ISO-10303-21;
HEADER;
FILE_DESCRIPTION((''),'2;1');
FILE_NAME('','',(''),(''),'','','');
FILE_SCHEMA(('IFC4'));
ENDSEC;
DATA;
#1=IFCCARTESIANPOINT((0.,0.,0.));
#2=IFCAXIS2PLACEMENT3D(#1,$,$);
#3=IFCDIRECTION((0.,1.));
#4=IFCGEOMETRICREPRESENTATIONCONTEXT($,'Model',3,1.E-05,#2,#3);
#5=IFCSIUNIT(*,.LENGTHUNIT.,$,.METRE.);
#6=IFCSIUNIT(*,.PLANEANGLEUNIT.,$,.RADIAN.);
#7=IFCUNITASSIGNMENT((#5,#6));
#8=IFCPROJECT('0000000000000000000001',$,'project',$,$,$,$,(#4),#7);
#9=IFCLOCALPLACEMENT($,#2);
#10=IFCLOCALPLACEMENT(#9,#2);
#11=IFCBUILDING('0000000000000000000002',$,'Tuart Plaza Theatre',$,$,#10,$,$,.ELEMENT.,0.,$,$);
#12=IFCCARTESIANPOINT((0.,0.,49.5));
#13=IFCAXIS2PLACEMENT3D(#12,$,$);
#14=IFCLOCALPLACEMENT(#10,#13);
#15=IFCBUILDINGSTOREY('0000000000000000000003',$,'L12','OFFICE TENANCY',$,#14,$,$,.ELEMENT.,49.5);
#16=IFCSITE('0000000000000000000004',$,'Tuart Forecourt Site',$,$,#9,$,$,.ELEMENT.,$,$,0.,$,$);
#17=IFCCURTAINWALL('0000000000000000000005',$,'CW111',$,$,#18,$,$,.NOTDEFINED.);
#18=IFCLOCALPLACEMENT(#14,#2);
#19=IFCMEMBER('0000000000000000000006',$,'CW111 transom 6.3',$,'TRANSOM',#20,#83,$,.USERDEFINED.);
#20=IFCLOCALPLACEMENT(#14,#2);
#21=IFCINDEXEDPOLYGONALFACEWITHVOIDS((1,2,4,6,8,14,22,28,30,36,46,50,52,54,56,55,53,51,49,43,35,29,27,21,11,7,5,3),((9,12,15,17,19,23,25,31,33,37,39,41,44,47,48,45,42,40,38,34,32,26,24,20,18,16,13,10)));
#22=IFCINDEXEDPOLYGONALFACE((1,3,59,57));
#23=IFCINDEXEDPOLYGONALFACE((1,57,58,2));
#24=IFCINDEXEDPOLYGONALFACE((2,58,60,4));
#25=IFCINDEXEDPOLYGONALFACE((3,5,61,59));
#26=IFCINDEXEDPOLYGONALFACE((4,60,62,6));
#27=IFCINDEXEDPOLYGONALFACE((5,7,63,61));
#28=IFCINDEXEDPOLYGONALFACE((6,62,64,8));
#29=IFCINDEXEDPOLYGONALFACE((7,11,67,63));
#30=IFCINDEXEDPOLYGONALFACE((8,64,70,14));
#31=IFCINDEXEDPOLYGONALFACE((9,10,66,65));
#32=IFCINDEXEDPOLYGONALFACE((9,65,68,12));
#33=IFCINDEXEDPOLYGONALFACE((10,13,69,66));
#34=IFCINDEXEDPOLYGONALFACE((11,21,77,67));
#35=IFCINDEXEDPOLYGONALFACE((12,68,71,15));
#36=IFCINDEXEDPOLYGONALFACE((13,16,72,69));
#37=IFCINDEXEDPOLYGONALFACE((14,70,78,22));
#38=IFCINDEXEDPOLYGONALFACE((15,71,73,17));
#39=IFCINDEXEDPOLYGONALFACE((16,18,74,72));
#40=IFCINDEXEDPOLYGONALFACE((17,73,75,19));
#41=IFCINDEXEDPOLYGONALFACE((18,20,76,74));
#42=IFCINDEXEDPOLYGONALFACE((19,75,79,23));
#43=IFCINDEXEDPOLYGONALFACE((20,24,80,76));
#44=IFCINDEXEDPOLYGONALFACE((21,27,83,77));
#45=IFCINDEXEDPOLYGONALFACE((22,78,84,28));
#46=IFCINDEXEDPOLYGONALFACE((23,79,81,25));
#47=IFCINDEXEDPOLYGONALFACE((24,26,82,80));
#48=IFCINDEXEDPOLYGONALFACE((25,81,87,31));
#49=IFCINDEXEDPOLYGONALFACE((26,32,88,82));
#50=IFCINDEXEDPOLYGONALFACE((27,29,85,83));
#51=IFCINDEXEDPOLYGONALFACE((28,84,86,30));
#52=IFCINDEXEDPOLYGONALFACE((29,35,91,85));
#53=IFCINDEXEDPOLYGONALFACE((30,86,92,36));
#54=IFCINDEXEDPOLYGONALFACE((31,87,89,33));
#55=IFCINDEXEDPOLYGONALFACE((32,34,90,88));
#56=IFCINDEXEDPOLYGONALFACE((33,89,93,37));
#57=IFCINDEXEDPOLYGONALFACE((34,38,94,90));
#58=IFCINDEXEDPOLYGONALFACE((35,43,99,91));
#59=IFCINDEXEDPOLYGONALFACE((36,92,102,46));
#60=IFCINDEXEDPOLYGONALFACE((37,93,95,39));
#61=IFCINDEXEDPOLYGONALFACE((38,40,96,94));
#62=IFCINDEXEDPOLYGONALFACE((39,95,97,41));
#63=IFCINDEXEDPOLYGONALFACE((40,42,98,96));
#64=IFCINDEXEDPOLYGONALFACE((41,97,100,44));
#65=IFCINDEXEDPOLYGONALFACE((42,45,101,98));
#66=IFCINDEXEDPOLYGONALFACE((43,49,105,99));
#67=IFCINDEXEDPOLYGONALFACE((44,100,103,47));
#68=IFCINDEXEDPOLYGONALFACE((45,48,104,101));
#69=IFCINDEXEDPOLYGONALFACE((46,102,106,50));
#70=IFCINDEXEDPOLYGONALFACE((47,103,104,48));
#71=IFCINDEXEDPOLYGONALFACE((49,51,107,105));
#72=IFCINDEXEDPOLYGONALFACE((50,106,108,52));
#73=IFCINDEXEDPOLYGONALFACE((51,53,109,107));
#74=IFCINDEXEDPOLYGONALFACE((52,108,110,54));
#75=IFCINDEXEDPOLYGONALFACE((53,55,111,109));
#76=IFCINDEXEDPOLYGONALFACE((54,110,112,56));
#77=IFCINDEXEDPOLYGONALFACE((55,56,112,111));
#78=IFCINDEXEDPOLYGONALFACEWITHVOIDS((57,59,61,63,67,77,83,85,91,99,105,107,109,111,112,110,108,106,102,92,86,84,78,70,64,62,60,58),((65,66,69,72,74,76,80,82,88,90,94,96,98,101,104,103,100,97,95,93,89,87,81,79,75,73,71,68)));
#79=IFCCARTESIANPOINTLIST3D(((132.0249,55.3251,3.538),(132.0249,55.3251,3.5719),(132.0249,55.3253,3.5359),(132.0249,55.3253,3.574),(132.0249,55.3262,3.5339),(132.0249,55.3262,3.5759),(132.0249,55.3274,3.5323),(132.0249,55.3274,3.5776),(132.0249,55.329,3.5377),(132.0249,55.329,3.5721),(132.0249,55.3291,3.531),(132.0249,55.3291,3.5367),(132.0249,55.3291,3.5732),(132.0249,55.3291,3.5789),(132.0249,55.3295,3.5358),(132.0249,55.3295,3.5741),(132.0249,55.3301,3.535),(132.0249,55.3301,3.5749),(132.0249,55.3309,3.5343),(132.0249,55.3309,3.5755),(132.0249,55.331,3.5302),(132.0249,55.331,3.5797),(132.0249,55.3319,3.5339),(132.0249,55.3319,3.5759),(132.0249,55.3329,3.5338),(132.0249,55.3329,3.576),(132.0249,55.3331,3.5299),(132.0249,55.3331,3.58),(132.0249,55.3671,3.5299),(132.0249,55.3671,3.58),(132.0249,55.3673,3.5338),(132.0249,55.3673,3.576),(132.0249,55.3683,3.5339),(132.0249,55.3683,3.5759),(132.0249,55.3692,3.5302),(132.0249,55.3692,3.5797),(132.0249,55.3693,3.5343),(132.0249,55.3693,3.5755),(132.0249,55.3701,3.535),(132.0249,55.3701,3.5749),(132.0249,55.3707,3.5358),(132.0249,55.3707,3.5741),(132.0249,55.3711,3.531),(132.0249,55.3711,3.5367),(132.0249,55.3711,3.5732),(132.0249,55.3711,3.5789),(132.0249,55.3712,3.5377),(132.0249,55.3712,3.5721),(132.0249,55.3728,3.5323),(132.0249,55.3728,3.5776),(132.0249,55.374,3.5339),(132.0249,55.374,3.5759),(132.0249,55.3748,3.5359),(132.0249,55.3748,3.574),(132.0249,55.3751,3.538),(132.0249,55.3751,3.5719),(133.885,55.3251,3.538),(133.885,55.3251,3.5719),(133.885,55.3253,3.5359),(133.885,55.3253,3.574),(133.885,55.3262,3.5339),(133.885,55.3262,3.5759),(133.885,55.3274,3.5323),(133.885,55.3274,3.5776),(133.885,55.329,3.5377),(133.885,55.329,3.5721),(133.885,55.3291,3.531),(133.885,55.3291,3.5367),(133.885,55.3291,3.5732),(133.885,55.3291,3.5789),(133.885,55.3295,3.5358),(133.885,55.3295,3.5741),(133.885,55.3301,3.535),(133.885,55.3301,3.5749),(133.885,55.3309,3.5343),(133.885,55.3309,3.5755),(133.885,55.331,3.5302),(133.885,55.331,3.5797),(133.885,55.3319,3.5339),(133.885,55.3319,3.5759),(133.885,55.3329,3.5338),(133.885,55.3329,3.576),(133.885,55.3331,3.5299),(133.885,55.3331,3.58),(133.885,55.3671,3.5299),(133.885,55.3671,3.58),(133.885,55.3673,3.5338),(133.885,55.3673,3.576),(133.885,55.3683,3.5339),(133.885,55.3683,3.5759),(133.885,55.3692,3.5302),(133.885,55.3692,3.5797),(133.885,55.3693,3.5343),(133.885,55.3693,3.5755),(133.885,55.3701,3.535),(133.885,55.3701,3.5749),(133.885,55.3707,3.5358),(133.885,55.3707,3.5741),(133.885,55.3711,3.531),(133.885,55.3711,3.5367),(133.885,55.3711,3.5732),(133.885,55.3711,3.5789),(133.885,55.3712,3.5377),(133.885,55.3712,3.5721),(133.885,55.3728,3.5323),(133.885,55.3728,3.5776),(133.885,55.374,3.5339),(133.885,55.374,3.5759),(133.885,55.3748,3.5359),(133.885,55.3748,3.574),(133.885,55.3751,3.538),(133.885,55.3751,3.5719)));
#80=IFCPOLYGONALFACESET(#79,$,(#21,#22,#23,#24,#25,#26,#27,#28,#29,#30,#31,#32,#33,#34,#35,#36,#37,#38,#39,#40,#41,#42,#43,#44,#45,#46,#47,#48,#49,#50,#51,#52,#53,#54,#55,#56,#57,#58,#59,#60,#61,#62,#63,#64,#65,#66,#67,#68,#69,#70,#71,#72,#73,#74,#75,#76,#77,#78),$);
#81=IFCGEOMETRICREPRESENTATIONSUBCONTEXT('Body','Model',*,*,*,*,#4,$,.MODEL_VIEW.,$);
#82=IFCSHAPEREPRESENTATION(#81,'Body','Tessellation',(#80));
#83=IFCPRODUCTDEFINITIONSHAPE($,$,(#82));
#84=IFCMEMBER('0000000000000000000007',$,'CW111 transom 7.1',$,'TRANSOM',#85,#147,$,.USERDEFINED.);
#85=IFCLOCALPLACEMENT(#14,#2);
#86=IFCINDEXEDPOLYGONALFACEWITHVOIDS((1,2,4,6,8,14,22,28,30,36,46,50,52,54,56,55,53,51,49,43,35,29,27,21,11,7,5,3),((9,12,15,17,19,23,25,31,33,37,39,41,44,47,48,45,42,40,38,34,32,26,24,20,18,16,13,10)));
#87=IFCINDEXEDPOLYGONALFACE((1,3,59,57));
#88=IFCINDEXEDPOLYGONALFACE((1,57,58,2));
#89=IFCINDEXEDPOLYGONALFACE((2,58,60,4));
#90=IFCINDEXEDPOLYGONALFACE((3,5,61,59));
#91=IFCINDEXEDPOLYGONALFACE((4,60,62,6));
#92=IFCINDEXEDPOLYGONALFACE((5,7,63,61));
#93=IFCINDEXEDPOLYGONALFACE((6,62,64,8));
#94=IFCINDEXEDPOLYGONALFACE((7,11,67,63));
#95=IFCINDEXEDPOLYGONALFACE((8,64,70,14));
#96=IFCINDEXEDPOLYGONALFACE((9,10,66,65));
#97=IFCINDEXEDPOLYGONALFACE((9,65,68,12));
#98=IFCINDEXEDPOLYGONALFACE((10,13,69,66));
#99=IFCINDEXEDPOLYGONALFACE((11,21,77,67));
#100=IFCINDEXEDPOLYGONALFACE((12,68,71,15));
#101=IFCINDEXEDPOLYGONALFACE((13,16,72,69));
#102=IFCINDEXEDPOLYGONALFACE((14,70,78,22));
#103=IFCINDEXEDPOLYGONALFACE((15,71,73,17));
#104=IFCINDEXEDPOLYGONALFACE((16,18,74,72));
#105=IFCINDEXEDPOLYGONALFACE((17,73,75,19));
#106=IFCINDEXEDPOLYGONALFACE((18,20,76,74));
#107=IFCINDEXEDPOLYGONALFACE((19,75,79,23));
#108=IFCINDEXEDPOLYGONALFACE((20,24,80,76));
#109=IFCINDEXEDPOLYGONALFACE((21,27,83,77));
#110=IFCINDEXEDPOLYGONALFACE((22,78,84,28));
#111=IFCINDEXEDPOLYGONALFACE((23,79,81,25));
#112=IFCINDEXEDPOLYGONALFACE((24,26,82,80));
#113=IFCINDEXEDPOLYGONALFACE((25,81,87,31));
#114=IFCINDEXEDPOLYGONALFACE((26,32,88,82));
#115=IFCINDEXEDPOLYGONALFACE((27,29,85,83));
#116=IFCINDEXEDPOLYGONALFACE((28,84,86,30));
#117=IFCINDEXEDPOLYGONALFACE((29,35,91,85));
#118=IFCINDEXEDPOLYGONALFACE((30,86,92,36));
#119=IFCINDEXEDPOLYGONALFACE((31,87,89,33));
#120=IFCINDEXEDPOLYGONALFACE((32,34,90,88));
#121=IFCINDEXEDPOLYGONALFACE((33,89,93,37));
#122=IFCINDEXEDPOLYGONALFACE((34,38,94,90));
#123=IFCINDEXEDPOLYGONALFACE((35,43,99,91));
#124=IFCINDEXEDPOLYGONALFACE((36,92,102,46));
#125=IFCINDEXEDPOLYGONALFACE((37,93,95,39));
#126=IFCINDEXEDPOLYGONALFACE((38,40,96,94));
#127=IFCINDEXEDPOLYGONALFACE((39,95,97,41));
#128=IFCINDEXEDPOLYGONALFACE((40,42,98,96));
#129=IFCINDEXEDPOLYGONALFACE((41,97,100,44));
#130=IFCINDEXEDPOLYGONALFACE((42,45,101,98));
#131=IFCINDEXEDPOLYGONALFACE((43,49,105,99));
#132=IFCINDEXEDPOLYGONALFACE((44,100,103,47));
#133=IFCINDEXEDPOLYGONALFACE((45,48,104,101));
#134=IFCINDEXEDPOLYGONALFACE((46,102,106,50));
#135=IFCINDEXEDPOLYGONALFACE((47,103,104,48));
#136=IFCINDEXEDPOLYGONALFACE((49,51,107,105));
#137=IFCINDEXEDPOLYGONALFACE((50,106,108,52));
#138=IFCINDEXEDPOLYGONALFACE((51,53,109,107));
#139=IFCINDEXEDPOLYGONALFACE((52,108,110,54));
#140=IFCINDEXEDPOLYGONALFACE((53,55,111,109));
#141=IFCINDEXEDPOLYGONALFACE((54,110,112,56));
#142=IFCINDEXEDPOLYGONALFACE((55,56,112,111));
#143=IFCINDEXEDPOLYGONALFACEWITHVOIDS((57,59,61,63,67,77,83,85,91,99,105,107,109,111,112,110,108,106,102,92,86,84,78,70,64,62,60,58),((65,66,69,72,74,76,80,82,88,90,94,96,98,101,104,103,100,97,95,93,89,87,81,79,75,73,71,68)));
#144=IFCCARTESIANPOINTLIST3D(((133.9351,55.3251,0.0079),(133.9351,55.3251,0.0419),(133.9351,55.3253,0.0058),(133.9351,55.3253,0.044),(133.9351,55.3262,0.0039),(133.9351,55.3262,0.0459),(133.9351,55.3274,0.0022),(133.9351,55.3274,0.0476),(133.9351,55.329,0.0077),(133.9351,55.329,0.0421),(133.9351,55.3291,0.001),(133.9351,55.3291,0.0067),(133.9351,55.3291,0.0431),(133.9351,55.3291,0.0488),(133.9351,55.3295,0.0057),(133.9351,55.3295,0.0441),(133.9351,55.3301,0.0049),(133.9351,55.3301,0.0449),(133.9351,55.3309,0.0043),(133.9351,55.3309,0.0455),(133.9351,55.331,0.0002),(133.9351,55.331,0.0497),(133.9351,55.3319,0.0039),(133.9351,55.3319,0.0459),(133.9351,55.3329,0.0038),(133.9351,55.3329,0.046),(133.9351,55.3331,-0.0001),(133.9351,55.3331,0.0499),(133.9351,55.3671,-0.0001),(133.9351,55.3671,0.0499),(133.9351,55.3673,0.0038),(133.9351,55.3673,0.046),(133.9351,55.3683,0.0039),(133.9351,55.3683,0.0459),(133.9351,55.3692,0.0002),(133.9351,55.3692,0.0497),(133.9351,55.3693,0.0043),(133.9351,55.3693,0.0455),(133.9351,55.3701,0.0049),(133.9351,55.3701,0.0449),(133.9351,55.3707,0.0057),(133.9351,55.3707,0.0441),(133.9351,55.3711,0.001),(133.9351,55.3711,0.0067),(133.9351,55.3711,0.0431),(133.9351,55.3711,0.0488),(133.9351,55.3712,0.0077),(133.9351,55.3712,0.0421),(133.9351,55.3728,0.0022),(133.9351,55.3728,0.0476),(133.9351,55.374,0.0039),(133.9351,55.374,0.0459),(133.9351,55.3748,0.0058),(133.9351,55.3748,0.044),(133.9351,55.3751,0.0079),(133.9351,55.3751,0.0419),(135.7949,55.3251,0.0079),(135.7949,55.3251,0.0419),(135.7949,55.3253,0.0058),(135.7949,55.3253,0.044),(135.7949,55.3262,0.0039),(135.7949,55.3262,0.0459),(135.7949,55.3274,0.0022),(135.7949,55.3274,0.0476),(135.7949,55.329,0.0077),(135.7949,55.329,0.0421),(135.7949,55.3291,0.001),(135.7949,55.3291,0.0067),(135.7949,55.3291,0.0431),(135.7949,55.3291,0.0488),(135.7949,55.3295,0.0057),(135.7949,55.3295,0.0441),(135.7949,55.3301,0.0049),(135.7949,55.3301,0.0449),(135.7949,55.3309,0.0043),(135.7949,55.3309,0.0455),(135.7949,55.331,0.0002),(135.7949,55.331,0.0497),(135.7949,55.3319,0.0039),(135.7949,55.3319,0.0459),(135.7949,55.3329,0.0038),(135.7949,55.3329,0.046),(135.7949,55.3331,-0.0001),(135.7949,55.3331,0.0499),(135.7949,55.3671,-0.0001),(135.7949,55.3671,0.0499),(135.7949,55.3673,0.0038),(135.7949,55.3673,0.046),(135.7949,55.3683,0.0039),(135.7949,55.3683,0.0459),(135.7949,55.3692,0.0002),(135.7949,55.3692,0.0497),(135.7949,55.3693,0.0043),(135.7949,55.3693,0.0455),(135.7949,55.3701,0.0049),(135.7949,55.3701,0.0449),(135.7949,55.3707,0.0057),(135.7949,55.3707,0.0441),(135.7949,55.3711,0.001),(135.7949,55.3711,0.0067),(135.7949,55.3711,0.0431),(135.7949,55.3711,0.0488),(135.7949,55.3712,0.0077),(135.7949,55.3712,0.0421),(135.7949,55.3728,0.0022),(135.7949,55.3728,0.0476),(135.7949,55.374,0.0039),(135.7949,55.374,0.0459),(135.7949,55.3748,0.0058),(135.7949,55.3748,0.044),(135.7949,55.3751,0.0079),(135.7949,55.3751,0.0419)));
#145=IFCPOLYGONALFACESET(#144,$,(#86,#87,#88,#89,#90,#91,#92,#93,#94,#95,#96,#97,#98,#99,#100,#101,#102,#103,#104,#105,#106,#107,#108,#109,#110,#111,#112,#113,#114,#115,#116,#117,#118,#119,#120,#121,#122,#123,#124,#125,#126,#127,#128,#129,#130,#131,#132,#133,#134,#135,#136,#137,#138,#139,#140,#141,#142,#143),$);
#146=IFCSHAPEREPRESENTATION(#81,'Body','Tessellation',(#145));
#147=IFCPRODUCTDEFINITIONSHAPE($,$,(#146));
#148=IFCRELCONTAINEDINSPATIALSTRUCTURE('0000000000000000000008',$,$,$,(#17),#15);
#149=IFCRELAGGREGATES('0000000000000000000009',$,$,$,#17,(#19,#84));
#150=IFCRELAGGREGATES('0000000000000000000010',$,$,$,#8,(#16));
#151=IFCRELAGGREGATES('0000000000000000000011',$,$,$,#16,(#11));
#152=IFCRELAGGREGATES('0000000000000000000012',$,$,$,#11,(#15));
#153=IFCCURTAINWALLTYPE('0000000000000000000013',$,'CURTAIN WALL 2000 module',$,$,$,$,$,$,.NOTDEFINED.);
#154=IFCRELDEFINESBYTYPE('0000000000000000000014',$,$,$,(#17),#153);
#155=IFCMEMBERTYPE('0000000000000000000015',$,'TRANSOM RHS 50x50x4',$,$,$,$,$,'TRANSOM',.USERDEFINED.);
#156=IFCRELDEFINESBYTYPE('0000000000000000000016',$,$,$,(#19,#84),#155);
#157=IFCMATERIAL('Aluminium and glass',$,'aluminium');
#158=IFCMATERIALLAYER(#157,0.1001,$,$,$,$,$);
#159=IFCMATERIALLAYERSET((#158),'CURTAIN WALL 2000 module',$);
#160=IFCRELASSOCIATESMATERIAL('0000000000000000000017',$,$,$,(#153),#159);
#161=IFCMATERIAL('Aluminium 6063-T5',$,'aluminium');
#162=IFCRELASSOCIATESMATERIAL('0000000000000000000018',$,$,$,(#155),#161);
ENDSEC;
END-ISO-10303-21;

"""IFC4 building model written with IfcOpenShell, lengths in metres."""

from ifc_helpers import new_model, si_unit, direction, frame, origin, origin_2d, place, context, subcontext, project, spatial, hollow_rectangle, extrude, material, layer, layer_set, material_profile, profile_set, type_object, element, aggregate, save


model = new_model("IFC4")

# Units and contexts
model_context = context("Model", 3, precision=1e-05, world=origin(), true_north=direction((0.0, 1.0)))
body_context = subcontext(model_context, "Body", "Model", "MODEL_VIEW")
ifc_project = project(units=[si_unit("LENGTHUNIT", "METRE"), si_unit("PLANEANGLEUNIT", "RADIAN")], contexts=[model_context])

# Site, building, storey
site_placement = place(None, origin())
site = spatial("IfcSite", under=ifc_project, at=site_placement, Name="Tuart Forecourt Site", CompositionType="ELEMENT", RefElevation=0.0)
building_placement = place(site_placement, origin())
building = spatial("IfcBuilding", under=site, at=building_placement, Name="Tuart Plaza Theatre", CompositionType="ELEMENT", ElevationOfRefHeight=0.0)
storey_placement = place(building_placement, frame((0.0, 0.0, 49.5)))
storey = spatial("IfcBuildingStorey", under=building, at=storey_placement, Name="L12", Description="OFFICE TENANCY", CompositionType="ELEMENT", Elevation=49.5)

# Shared definitions
ifc_material_1 = material(Name="Aluminium and glass", Category="aluminium")
ifc_layer_1 = layer(ifc_material_1, 0.1001)
ifc_layer_set_1 = layer_set([ifc_layer_1], Name="CURTAIN WALL 2000 module")
curtain_wall_type = type_object("IfcCurtainWallType", Name="CURTAIN WALL 2000 module", PredefinedType="NOTDEFINED", material=ifc_layer_set_1)

# Curtain wall
curtain_wall_1_placement = place(storey_placement, origin())
curtain_wall_1 = element("IfcCurtainWall", 1, at=curtain_wall_1_placement, inside=storey, type_object=curtain_wall_type, Name="CW111", PredefinedType="NOTDEFINED")

# Members
ifc_material_2 = material(Name="Aluminium 6063-T5", Category="aluminium")
ifc_material_profile_1 = material_profile(ifc_material_2, hollow_rectangle(XDim=0.05, YDim=0.05, WallThickness=0.0039, InnerFilletRadius=0.0039, OuterFilletRadius=0.0081, at=origin_2d()), Name="RHS 50x50x4")
ifc_profile_set_1 = profile_set([ifc_material_profile_1], Name="Aluminium 6063-T5")
member_type_1 = type_object("IfcMemberType", Name="TRANSOM RHS 50x50x4", ElementType="TRANSOM", PredefinedType="USERDEFINED", material=ifc_profile_set_1)
member_1_placement = place(storey_placement, frame((132.0249, 55.3501, 3.5549), z_axis=(1.0, 0.0, 0.0), x_axis=(0.0, 1.0, 0.0)))
member_1 = element("IfcMember", 2, at=member_1_placement, type_object=member_type_1, Name="CW111 transom 6.3", ObjectType="TRANSOM", PredefinedType="USERDEFINED", context=body_context, shape_type="SweptSolid", body=[
    extrude(hollow_rectangle(XDim=0.05, YDim=0.05, WallThickness=0.0039, InnerFilletRadius=0.0039, OuterFilletRadius=0.0081, at=origin_2d()), origin(), (0.0, 0.0, 1.0), 1.8601),
])
member_2_placement = place(storey_placement, frame((133.9351, 55.3501, 0.0249), z_axis=(1.0, 0.0, 0.0), x_axis=(0.0, 1.0, 0.0)))
member_2 = element("IfcMember", 3, at=member_2_placement, type_object=member_type_1, Name="CW111 transom 7.1", ObjectType="TRANSOM", PredefinedType="USERDEFINED", context=body_context, shape_type="SweptSolid", body=[
    extrude(hollow_rectangle(XDim=0.05, YDim=0.05, WallThickness=0.0039, InnerFilletRadius=0.0039, OuterFilletRadius=0.0081, at=origin_2d()), origin(), (0.0, 0.0, 1.0), 1.8599),
])

aggregate(curtain_wall_1, [member_1, member_2])

save(model, "model.ifc")
